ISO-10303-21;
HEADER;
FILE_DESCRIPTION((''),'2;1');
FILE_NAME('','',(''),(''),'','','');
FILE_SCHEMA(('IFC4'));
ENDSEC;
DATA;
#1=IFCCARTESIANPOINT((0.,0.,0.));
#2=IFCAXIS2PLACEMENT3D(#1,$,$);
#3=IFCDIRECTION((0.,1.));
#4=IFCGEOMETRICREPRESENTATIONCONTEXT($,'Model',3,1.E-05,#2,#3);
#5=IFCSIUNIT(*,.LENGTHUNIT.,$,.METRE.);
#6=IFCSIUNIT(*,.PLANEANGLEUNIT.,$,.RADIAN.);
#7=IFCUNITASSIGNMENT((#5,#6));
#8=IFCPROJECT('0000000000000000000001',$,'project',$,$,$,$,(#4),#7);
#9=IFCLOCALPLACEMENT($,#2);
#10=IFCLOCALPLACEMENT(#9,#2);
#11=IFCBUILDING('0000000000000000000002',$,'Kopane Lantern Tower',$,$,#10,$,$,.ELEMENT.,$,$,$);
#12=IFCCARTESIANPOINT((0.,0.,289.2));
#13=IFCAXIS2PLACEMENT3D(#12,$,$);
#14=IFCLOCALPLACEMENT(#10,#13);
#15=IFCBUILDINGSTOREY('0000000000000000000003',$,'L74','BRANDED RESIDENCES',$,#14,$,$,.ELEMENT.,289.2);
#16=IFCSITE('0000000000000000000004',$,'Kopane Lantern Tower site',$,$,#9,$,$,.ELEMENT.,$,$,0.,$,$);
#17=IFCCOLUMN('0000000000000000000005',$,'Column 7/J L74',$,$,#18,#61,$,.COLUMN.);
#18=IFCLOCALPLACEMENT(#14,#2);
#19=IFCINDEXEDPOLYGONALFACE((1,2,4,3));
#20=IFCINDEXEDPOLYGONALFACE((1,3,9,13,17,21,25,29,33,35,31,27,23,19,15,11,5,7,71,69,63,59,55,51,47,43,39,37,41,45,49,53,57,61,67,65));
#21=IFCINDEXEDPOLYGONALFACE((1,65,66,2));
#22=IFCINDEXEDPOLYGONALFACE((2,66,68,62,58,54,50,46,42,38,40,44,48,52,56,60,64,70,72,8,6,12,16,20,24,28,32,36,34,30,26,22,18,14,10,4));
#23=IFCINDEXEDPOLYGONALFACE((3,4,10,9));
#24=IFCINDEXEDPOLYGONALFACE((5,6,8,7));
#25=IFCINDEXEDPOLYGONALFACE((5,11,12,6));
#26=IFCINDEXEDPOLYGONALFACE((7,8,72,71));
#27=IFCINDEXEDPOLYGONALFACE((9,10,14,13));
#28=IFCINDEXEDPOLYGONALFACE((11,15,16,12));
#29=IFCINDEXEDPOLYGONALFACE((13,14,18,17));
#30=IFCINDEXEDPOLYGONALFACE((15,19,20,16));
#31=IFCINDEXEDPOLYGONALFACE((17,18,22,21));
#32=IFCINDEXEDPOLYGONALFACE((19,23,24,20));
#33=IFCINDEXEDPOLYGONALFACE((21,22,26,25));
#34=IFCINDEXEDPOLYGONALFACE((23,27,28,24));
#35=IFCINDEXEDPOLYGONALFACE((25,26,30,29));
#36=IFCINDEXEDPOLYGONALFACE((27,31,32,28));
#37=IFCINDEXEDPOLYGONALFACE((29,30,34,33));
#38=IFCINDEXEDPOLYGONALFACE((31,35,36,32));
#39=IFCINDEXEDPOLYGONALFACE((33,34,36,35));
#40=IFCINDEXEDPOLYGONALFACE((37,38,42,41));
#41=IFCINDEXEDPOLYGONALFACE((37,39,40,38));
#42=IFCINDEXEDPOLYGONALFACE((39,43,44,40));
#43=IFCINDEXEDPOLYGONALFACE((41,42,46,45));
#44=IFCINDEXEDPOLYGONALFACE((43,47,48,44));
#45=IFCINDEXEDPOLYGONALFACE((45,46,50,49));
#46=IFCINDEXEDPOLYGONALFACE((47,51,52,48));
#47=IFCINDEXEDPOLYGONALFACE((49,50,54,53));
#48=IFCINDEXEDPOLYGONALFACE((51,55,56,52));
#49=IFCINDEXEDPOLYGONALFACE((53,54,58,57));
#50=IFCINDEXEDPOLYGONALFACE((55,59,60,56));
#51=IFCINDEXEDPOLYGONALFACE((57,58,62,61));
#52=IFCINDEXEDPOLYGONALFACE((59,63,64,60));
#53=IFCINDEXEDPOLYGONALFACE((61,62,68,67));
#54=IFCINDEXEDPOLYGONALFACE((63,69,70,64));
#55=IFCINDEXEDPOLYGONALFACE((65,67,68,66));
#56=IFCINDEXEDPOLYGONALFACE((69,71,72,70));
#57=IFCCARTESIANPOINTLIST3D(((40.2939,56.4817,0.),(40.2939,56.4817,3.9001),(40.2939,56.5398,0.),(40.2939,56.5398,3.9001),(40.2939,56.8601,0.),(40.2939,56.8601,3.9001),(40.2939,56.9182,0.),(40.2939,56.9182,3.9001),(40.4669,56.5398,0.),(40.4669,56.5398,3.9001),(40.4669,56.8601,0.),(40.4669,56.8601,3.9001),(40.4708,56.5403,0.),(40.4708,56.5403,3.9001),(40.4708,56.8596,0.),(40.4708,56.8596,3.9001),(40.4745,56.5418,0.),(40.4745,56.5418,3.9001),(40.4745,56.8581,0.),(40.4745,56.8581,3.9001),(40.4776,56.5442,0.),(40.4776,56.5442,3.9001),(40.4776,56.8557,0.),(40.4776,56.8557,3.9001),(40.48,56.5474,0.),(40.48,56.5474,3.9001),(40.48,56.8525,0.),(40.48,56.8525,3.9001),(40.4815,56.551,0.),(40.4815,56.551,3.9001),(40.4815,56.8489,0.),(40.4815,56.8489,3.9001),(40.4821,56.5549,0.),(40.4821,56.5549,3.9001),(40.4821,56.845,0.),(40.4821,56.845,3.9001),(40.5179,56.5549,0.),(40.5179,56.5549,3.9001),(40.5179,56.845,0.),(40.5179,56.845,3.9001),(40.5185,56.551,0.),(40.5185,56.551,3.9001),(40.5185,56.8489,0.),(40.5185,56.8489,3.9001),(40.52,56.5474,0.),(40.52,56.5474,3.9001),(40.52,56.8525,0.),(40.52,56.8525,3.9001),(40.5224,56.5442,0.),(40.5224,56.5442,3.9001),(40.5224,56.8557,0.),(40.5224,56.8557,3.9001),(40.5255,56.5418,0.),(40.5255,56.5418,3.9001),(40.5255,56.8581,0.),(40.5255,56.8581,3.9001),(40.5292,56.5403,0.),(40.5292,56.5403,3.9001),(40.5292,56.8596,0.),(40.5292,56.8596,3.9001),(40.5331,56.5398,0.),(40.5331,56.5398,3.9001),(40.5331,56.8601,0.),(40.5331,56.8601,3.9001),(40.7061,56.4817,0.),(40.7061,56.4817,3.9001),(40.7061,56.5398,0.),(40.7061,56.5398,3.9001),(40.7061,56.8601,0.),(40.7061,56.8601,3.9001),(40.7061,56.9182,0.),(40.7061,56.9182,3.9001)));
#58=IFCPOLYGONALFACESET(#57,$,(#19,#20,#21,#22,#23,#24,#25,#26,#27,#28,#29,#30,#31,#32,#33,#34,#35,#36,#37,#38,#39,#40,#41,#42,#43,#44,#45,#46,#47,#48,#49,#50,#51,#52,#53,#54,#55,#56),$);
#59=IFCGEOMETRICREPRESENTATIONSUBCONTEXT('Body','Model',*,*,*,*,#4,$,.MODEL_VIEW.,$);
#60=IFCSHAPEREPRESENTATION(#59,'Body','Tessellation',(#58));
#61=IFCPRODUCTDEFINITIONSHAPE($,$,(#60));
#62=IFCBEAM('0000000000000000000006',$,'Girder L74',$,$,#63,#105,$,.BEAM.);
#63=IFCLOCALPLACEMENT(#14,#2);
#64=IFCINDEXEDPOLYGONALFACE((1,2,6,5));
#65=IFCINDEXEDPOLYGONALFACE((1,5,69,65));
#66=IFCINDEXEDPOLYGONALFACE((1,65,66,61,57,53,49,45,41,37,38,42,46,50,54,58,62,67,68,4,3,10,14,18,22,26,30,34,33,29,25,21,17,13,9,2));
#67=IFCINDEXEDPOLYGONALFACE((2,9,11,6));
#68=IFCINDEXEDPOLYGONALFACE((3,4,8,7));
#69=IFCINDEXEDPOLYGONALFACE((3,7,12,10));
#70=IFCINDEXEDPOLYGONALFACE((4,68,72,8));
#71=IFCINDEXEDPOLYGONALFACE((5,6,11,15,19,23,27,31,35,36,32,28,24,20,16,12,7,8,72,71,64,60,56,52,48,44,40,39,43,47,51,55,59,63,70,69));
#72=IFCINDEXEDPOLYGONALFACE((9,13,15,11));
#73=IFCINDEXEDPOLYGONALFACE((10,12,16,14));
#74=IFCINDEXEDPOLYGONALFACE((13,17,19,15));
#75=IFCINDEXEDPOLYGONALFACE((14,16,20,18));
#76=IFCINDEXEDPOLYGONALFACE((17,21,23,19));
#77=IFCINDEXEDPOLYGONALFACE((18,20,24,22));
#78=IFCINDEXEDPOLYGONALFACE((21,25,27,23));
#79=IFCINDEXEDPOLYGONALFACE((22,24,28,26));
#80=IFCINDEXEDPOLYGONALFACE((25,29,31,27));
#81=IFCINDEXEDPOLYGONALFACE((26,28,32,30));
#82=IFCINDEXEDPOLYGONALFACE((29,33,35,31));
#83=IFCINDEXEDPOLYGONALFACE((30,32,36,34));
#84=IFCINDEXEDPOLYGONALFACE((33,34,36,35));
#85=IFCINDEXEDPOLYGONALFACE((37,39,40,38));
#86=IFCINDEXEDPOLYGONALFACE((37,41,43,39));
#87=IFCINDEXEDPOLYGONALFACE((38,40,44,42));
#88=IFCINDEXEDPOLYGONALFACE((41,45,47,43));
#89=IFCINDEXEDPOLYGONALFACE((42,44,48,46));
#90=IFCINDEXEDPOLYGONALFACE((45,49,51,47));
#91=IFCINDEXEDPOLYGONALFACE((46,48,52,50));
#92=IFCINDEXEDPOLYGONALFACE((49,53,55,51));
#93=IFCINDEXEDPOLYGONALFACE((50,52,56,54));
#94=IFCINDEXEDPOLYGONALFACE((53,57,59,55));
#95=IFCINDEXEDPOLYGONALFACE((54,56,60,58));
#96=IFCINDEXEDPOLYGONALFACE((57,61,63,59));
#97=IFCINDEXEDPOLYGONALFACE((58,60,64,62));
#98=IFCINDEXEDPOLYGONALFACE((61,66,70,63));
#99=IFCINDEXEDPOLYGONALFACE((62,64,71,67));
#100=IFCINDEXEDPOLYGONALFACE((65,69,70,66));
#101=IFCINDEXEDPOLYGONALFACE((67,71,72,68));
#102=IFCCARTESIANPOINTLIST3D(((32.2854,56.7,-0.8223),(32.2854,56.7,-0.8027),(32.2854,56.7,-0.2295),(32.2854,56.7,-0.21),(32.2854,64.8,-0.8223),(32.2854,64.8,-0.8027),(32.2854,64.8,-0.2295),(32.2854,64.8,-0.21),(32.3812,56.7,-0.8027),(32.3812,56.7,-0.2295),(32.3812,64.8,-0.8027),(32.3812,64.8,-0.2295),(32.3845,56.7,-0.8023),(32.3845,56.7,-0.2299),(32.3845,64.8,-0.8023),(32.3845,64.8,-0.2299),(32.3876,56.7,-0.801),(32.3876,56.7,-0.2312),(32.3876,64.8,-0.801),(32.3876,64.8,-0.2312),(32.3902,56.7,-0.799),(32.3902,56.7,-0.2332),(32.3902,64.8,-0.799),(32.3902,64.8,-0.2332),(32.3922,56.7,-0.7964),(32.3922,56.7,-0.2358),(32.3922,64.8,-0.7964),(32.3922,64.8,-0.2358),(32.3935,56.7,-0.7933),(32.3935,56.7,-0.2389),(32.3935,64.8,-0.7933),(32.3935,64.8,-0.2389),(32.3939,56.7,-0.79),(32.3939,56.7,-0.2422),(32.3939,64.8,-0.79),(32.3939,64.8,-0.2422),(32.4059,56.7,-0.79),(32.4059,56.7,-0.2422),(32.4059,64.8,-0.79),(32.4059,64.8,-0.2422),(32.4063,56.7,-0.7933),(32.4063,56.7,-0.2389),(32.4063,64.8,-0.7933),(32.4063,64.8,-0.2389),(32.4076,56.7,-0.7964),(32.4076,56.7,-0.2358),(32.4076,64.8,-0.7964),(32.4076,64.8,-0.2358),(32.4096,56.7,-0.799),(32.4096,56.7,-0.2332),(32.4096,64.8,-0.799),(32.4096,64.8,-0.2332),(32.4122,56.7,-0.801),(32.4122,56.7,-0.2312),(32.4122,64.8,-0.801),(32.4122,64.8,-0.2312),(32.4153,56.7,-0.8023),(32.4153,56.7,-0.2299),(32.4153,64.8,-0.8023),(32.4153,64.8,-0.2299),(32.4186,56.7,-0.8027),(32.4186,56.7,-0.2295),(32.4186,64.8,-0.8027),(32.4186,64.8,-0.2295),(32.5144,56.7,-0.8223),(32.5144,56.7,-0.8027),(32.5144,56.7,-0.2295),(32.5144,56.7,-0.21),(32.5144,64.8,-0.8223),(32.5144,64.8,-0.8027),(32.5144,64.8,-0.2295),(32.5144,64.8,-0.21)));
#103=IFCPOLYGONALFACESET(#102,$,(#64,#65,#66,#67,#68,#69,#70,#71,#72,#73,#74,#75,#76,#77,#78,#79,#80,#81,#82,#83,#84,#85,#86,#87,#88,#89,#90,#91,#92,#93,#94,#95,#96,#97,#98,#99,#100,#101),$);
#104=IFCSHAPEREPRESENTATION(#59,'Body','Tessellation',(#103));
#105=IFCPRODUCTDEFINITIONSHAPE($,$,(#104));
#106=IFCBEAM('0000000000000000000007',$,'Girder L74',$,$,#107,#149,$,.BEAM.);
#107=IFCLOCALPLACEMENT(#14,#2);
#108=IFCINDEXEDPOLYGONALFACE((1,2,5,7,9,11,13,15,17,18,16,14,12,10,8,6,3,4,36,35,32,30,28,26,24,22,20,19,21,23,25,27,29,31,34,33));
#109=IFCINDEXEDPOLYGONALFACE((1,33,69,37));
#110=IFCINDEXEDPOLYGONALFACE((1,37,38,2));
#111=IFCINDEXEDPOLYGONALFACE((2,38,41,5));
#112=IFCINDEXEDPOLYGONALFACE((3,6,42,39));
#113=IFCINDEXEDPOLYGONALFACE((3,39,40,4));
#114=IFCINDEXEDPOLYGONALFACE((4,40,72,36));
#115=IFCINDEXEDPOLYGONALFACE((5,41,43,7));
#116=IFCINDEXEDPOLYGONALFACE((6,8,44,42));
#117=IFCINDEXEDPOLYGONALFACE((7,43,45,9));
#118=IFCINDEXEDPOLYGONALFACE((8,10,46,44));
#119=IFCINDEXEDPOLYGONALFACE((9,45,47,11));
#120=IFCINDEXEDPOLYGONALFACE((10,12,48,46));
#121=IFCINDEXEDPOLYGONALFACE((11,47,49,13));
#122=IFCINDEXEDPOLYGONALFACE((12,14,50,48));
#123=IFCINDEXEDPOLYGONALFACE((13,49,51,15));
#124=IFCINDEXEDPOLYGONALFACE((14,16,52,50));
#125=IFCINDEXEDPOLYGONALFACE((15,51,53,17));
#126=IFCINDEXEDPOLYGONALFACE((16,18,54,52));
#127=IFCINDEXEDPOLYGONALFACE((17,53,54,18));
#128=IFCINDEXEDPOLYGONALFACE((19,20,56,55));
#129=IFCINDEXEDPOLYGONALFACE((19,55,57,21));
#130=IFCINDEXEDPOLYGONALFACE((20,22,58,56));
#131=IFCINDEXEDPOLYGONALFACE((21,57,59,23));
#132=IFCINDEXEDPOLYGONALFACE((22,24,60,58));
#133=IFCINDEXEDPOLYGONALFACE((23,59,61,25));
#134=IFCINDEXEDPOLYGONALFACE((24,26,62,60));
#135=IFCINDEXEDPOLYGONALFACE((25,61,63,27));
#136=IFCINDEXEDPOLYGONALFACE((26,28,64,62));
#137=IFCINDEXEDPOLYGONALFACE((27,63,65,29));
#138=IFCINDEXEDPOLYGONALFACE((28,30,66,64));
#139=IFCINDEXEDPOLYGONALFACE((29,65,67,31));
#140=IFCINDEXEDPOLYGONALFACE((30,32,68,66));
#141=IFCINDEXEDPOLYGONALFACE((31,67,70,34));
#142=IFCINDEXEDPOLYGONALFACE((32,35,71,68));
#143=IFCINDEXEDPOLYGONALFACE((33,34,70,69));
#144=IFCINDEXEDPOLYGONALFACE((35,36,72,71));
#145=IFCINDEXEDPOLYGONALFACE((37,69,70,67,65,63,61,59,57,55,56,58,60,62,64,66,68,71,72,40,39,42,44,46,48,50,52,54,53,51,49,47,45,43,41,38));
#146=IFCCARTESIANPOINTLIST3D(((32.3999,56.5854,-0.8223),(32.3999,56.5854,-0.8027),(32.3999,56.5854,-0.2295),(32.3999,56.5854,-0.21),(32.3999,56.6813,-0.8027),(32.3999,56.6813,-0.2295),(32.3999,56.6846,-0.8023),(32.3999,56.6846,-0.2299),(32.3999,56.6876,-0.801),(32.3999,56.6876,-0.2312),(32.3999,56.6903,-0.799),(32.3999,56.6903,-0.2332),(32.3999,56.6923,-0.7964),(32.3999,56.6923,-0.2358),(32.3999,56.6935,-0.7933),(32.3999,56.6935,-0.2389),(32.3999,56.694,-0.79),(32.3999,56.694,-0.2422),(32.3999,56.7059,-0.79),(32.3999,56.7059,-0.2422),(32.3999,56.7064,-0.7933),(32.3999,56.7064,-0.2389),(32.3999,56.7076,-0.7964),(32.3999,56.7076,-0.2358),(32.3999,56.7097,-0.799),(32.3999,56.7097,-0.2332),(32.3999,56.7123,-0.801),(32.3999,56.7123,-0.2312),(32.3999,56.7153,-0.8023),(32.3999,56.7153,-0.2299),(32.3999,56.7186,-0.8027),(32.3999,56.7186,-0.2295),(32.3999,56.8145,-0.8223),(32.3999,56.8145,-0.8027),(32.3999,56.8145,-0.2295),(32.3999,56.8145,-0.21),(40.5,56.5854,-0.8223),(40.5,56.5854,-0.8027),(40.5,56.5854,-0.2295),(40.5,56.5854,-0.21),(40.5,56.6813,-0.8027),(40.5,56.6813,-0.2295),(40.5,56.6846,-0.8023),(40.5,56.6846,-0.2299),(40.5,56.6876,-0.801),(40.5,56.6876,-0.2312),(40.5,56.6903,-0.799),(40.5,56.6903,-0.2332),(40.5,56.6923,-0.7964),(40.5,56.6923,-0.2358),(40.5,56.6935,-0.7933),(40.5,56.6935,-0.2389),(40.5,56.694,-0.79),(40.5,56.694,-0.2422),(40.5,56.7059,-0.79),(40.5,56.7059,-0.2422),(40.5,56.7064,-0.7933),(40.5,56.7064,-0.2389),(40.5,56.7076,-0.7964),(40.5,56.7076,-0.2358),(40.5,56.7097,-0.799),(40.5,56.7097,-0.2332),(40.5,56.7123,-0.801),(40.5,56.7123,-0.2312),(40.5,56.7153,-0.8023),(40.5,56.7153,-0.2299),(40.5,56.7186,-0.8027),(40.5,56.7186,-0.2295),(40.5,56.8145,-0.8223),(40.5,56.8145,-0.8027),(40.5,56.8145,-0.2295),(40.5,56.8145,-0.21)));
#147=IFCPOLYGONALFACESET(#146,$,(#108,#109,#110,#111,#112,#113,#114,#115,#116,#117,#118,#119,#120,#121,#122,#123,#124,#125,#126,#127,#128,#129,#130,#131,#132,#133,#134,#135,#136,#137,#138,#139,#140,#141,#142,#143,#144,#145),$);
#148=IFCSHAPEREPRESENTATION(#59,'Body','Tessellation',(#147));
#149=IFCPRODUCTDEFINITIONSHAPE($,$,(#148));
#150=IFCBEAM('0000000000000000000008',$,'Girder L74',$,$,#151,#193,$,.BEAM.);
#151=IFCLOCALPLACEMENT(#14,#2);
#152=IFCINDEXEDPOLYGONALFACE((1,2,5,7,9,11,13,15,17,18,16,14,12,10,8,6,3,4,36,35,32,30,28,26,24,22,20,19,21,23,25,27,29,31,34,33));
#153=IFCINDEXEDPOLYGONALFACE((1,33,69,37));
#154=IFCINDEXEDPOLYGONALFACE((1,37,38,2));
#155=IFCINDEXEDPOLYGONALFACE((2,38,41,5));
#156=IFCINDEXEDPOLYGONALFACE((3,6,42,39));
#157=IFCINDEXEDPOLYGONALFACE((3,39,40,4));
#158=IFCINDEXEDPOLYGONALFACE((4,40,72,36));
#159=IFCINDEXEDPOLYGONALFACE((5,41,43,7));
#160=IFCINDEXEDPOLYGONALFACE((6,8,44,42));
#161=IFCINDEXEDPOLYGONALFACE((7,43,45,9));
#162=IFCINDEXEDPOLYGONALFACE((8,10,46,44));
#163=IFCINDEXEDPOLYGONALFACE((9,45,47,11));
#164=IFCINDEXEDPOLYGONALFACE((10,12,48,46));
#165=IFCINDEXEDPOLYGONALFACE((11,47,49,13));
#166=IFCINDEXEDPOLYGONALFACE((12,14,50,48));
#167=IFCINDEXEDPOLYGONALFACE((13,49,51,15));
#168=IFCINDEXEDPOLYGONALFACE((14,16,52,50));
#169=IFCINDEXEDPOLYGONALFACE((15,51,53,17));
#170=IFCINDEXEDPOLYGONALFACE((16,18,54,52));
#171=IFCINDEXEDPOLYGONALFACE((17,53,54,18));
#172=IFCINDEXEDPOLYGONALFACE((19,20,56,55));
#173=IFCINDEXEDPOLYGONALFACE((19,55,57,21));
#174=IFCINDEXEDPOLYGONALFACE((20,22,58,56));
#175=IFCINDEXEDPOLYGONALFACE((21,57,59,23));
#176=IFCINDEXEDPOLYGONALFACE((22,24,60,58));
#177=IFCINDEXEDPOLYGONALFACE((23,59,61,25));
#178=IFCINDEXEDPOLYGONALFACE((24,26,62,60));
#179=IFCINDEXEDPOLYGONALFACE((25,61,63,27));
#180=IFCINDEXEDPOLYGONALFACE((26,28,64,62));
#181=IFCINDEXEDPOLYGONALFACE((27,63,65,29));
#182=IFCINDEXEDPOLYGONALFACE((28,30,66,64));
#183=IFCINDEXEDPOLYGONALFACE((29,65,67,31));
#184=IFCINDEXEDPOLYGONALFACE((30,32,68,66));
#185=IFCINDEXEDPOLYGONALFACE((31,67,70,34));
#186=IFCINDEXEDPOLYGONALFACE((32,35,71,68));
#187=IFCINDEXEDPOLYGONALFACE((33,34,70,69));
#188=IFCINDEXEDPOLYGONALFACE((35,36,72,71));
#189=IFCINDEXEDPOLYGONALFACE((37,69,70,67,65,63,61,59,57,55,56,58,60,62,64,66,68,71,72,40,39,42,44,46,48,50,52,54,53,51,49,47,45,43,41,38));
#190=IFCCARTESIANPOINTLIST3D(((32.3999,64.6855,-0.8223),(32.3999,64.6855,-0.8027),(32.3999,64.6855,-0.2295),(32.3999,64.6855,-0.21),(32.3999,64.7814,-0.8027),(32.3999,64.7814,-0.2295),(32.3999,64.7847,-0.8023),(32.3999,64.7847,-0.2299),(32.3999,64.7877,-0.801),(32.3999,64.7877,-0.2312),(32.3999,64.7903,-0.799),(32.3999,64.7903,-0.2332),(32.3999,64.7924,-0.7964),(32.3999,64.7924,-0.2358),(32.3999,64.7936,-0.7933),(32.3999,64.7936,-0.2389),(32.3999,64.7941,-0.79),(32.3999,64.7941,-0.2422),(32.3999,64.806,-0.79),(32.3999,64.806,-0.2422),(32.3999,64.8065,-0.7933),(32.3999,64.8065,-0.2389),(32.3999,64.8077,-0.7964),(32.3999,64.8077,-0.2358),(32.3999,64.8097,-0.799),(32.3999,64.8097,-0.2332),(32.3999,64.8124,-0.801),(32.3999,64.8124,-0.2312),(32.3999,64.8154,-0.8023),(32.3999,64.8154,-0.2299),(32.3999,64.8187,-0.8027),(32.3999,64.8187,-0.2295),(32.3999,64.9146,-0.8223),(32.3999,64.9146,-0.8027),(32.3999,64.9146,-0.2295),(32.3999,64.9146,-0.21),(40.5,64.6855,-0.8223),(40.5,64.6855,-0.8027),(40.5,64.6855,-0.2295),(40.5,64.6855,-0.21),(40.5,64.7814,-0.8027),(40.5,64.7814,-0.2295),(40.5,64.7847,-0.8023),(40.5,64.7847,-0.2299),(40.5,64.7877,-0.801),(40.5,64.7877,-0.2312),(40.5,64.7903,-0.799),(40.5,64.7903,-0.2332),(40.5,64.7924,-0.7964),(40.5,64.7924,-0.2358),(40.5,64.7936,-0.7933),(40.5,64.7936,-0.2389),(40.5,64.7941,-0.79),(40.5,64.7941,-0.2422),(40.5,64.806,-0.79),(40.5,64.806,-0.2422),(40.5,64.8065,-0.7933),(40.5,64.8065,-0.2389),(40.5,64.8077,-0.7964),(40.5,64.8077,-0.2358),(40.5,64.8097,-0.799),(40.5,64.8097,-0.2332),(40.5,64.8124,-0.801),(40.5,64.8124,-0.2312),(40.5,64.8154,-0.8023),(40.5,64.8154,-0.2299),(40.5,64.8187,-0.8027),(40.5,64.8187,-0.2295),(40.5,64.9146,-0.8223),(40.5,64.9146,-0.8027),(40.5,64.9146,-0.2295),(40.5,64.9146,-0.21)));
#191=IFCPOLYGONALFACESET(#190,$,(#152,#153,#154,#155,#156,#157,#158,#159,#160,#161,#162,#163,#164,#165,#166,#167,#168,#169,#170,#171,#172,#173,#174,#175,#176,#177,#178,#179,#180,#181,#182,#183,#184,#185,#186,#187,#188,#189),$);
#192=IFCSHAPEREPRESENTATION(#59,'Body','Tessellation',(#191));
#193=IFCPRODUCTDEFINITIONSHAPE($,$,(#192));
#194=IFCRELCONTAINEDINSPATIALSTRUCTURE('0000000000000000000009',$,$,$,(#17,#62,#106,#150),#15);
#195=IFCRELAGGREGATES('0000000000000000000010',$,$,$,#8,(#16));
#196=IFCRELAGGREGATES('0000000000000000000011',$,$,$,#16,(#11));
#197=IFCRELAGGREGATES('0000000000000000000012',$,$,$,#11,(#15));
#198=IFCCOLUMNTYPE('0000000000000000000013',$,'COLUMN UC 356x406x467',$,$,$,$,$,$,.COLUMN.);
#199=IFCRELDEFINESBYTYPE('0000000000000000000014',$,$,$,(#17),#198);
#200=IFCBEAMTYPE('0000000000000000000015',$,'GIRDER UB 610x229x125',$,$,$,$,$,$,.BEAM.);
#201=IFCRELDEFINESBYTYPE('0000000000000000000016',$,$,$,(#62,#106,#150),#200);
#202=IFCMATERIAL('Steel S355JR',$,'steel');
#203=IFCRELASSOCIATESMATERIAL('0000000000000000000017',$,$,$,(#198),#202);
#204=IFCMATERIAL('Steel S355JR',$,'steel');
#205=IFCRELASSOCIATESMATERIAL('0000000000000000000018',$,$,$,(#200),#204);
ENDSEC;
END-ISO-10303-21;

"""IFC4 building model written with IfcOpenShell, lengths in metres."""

from ifc_helpers import new_model, si_unit, direction, frame, origin, origin_2d, place, context, subcontext, project, spatial, i_section, extrude, material, material_profile, profile_set, type_object, element, save


model = new_model("IFC4")

# Units and contexts
model_context = context("Model", 3, precision=1e-05, world=origin(), true_north=direction((0.0, 1.0)))
body_context = subcontext(model_context, "Body", "Model", "MODEL_VIEW")
ifc_project = project(units=[si_unit("LENGTHUNIT", "METRE"), si_unit("PLANEANGLEUNIT", "RADIAN")], contexts=[model_context])

# Site, building, storey
site_placement = place(None, origin())
site = spatial("IfcSite", under=ifc_project, at=site_placement, Name="Kopane Lantern Tower site", CompositionType="ELEMENT", RefElevation=0.0)
building_placement = place(site_placement, origin())
building = spatial("IfcBuilding", under=site, at=building_placement, Name="Kopane Lantern Tower", CompositionType="ELEMENT")
storey_placement = place(building_placement, frame((0.0, 0.0, 289.2)))
storey = spatial("IfcBuildingStorey", under=building, at=storey_placement, Name="L74", Description="BRANDED RESIDENCES", CompositionType="ELEMENT", Elevation=289.2)

# Column
ifc_material_1 = material(Name="Steel S355JR", Category="steel")
ifc_material_profile_1 = material_profile(ifc_material_1, i_section(OverallWidth=0.4121, OverallDepth=0.4365, WebThickness=0.0359, FlangeThickness=0.0581, FilletRadius=0.0151, at=origin_2d()), Name="UC 356x406x467")
ifc_profile_set_1 = profile_set([ifc_material_profile_1], Name="Steel S355JR")
column_type_1 = type_object("IfcColumnType", Name="COLUMN UC 356x406x467", PredefinedType="COLUMN", material=ifc_profile_set_1)
for number, where, z_axis, x_axis, name in (
    (1, (40.5, 56.7, 0.0), (0.0, 0.0, 1.0), (1.0, 0.0, 0.0), "Column 7/J L74"),
):
    element("IfcColumn", number, at=place(storey_placement, frame(where, z_axis=z_axis, x_axis=x_axis)), inside=storey, type_object=column_type_1, Name=name, PredefinedType="COLUMN", context=body_context, shape_type="SweptSolid", body=[
        extrude(i_section(OverallWidth=0.4121, OverallDepth=0.4365, WebThickness=0.0359, FlangeThickness=0.0581, FilletRadius=0.0151, at=origin_2d()), origin(), (0.0, 0.0, 1.0), 3.9001),
    ])

# Beams
ifc_material_2 = material(Name="Steel S355JR", Category="steel")
ifc_material_profile_2 = material_profile(ifc_material_2, i_section(OverallWidth=0.229, OverallDepth=0.6123, WebThickness=0.012, FlangeThickness=0.0195, FilletRadius=0.0127, at=origin_2d()), Name="UB 610x229x125")
ifc_profile_set_2 = profile_set([ifc_material_profile_2], Name="Steel S355JR")
beam_type = type_object("IfcBeamType", Name="GIRDER UB 610x229x125", PredefinedType="BEAM", material=ifc_profile_set_2)
for number, where, z_axis, x_axis, name in (
    (2, (32.3999, 56.7, -0.5161), (0.0, 1.0, 0.0), (-1.0, 0.0, 0.0), "Girder L74"),
    (3, (32.3999, 56.7, -0.5161), (1.0, 0.0, 0.0), (0.0, 1.0, 0.0), "Girder L74"),
    (4, (32.3999, 64.8, -0.5161), (1.0, 0.0, 0.0), (0.0, 1.0, 0.0), "Girder L74"),
):
    element("IfcBeam", number, at=place(storey_placement, frame(where, z_axis=z_axis, x_axis=x_axis)), inside=storey, type_object=beam_type, Name=name, PredefinedType="BEAM", context=body_context, shape_type="SweptSolid", body=[
        extrude(i_section(OverallWidth=0.229, OverallDepth=0.6123, WebThickness=0.012, FlangeThickness=0.0195, FilletRadius=0.0127, at=origin_2d()), origin(), (0.0, 0.0, 1.0), 8.1001),
    ])

save(model, "model.ifc")
